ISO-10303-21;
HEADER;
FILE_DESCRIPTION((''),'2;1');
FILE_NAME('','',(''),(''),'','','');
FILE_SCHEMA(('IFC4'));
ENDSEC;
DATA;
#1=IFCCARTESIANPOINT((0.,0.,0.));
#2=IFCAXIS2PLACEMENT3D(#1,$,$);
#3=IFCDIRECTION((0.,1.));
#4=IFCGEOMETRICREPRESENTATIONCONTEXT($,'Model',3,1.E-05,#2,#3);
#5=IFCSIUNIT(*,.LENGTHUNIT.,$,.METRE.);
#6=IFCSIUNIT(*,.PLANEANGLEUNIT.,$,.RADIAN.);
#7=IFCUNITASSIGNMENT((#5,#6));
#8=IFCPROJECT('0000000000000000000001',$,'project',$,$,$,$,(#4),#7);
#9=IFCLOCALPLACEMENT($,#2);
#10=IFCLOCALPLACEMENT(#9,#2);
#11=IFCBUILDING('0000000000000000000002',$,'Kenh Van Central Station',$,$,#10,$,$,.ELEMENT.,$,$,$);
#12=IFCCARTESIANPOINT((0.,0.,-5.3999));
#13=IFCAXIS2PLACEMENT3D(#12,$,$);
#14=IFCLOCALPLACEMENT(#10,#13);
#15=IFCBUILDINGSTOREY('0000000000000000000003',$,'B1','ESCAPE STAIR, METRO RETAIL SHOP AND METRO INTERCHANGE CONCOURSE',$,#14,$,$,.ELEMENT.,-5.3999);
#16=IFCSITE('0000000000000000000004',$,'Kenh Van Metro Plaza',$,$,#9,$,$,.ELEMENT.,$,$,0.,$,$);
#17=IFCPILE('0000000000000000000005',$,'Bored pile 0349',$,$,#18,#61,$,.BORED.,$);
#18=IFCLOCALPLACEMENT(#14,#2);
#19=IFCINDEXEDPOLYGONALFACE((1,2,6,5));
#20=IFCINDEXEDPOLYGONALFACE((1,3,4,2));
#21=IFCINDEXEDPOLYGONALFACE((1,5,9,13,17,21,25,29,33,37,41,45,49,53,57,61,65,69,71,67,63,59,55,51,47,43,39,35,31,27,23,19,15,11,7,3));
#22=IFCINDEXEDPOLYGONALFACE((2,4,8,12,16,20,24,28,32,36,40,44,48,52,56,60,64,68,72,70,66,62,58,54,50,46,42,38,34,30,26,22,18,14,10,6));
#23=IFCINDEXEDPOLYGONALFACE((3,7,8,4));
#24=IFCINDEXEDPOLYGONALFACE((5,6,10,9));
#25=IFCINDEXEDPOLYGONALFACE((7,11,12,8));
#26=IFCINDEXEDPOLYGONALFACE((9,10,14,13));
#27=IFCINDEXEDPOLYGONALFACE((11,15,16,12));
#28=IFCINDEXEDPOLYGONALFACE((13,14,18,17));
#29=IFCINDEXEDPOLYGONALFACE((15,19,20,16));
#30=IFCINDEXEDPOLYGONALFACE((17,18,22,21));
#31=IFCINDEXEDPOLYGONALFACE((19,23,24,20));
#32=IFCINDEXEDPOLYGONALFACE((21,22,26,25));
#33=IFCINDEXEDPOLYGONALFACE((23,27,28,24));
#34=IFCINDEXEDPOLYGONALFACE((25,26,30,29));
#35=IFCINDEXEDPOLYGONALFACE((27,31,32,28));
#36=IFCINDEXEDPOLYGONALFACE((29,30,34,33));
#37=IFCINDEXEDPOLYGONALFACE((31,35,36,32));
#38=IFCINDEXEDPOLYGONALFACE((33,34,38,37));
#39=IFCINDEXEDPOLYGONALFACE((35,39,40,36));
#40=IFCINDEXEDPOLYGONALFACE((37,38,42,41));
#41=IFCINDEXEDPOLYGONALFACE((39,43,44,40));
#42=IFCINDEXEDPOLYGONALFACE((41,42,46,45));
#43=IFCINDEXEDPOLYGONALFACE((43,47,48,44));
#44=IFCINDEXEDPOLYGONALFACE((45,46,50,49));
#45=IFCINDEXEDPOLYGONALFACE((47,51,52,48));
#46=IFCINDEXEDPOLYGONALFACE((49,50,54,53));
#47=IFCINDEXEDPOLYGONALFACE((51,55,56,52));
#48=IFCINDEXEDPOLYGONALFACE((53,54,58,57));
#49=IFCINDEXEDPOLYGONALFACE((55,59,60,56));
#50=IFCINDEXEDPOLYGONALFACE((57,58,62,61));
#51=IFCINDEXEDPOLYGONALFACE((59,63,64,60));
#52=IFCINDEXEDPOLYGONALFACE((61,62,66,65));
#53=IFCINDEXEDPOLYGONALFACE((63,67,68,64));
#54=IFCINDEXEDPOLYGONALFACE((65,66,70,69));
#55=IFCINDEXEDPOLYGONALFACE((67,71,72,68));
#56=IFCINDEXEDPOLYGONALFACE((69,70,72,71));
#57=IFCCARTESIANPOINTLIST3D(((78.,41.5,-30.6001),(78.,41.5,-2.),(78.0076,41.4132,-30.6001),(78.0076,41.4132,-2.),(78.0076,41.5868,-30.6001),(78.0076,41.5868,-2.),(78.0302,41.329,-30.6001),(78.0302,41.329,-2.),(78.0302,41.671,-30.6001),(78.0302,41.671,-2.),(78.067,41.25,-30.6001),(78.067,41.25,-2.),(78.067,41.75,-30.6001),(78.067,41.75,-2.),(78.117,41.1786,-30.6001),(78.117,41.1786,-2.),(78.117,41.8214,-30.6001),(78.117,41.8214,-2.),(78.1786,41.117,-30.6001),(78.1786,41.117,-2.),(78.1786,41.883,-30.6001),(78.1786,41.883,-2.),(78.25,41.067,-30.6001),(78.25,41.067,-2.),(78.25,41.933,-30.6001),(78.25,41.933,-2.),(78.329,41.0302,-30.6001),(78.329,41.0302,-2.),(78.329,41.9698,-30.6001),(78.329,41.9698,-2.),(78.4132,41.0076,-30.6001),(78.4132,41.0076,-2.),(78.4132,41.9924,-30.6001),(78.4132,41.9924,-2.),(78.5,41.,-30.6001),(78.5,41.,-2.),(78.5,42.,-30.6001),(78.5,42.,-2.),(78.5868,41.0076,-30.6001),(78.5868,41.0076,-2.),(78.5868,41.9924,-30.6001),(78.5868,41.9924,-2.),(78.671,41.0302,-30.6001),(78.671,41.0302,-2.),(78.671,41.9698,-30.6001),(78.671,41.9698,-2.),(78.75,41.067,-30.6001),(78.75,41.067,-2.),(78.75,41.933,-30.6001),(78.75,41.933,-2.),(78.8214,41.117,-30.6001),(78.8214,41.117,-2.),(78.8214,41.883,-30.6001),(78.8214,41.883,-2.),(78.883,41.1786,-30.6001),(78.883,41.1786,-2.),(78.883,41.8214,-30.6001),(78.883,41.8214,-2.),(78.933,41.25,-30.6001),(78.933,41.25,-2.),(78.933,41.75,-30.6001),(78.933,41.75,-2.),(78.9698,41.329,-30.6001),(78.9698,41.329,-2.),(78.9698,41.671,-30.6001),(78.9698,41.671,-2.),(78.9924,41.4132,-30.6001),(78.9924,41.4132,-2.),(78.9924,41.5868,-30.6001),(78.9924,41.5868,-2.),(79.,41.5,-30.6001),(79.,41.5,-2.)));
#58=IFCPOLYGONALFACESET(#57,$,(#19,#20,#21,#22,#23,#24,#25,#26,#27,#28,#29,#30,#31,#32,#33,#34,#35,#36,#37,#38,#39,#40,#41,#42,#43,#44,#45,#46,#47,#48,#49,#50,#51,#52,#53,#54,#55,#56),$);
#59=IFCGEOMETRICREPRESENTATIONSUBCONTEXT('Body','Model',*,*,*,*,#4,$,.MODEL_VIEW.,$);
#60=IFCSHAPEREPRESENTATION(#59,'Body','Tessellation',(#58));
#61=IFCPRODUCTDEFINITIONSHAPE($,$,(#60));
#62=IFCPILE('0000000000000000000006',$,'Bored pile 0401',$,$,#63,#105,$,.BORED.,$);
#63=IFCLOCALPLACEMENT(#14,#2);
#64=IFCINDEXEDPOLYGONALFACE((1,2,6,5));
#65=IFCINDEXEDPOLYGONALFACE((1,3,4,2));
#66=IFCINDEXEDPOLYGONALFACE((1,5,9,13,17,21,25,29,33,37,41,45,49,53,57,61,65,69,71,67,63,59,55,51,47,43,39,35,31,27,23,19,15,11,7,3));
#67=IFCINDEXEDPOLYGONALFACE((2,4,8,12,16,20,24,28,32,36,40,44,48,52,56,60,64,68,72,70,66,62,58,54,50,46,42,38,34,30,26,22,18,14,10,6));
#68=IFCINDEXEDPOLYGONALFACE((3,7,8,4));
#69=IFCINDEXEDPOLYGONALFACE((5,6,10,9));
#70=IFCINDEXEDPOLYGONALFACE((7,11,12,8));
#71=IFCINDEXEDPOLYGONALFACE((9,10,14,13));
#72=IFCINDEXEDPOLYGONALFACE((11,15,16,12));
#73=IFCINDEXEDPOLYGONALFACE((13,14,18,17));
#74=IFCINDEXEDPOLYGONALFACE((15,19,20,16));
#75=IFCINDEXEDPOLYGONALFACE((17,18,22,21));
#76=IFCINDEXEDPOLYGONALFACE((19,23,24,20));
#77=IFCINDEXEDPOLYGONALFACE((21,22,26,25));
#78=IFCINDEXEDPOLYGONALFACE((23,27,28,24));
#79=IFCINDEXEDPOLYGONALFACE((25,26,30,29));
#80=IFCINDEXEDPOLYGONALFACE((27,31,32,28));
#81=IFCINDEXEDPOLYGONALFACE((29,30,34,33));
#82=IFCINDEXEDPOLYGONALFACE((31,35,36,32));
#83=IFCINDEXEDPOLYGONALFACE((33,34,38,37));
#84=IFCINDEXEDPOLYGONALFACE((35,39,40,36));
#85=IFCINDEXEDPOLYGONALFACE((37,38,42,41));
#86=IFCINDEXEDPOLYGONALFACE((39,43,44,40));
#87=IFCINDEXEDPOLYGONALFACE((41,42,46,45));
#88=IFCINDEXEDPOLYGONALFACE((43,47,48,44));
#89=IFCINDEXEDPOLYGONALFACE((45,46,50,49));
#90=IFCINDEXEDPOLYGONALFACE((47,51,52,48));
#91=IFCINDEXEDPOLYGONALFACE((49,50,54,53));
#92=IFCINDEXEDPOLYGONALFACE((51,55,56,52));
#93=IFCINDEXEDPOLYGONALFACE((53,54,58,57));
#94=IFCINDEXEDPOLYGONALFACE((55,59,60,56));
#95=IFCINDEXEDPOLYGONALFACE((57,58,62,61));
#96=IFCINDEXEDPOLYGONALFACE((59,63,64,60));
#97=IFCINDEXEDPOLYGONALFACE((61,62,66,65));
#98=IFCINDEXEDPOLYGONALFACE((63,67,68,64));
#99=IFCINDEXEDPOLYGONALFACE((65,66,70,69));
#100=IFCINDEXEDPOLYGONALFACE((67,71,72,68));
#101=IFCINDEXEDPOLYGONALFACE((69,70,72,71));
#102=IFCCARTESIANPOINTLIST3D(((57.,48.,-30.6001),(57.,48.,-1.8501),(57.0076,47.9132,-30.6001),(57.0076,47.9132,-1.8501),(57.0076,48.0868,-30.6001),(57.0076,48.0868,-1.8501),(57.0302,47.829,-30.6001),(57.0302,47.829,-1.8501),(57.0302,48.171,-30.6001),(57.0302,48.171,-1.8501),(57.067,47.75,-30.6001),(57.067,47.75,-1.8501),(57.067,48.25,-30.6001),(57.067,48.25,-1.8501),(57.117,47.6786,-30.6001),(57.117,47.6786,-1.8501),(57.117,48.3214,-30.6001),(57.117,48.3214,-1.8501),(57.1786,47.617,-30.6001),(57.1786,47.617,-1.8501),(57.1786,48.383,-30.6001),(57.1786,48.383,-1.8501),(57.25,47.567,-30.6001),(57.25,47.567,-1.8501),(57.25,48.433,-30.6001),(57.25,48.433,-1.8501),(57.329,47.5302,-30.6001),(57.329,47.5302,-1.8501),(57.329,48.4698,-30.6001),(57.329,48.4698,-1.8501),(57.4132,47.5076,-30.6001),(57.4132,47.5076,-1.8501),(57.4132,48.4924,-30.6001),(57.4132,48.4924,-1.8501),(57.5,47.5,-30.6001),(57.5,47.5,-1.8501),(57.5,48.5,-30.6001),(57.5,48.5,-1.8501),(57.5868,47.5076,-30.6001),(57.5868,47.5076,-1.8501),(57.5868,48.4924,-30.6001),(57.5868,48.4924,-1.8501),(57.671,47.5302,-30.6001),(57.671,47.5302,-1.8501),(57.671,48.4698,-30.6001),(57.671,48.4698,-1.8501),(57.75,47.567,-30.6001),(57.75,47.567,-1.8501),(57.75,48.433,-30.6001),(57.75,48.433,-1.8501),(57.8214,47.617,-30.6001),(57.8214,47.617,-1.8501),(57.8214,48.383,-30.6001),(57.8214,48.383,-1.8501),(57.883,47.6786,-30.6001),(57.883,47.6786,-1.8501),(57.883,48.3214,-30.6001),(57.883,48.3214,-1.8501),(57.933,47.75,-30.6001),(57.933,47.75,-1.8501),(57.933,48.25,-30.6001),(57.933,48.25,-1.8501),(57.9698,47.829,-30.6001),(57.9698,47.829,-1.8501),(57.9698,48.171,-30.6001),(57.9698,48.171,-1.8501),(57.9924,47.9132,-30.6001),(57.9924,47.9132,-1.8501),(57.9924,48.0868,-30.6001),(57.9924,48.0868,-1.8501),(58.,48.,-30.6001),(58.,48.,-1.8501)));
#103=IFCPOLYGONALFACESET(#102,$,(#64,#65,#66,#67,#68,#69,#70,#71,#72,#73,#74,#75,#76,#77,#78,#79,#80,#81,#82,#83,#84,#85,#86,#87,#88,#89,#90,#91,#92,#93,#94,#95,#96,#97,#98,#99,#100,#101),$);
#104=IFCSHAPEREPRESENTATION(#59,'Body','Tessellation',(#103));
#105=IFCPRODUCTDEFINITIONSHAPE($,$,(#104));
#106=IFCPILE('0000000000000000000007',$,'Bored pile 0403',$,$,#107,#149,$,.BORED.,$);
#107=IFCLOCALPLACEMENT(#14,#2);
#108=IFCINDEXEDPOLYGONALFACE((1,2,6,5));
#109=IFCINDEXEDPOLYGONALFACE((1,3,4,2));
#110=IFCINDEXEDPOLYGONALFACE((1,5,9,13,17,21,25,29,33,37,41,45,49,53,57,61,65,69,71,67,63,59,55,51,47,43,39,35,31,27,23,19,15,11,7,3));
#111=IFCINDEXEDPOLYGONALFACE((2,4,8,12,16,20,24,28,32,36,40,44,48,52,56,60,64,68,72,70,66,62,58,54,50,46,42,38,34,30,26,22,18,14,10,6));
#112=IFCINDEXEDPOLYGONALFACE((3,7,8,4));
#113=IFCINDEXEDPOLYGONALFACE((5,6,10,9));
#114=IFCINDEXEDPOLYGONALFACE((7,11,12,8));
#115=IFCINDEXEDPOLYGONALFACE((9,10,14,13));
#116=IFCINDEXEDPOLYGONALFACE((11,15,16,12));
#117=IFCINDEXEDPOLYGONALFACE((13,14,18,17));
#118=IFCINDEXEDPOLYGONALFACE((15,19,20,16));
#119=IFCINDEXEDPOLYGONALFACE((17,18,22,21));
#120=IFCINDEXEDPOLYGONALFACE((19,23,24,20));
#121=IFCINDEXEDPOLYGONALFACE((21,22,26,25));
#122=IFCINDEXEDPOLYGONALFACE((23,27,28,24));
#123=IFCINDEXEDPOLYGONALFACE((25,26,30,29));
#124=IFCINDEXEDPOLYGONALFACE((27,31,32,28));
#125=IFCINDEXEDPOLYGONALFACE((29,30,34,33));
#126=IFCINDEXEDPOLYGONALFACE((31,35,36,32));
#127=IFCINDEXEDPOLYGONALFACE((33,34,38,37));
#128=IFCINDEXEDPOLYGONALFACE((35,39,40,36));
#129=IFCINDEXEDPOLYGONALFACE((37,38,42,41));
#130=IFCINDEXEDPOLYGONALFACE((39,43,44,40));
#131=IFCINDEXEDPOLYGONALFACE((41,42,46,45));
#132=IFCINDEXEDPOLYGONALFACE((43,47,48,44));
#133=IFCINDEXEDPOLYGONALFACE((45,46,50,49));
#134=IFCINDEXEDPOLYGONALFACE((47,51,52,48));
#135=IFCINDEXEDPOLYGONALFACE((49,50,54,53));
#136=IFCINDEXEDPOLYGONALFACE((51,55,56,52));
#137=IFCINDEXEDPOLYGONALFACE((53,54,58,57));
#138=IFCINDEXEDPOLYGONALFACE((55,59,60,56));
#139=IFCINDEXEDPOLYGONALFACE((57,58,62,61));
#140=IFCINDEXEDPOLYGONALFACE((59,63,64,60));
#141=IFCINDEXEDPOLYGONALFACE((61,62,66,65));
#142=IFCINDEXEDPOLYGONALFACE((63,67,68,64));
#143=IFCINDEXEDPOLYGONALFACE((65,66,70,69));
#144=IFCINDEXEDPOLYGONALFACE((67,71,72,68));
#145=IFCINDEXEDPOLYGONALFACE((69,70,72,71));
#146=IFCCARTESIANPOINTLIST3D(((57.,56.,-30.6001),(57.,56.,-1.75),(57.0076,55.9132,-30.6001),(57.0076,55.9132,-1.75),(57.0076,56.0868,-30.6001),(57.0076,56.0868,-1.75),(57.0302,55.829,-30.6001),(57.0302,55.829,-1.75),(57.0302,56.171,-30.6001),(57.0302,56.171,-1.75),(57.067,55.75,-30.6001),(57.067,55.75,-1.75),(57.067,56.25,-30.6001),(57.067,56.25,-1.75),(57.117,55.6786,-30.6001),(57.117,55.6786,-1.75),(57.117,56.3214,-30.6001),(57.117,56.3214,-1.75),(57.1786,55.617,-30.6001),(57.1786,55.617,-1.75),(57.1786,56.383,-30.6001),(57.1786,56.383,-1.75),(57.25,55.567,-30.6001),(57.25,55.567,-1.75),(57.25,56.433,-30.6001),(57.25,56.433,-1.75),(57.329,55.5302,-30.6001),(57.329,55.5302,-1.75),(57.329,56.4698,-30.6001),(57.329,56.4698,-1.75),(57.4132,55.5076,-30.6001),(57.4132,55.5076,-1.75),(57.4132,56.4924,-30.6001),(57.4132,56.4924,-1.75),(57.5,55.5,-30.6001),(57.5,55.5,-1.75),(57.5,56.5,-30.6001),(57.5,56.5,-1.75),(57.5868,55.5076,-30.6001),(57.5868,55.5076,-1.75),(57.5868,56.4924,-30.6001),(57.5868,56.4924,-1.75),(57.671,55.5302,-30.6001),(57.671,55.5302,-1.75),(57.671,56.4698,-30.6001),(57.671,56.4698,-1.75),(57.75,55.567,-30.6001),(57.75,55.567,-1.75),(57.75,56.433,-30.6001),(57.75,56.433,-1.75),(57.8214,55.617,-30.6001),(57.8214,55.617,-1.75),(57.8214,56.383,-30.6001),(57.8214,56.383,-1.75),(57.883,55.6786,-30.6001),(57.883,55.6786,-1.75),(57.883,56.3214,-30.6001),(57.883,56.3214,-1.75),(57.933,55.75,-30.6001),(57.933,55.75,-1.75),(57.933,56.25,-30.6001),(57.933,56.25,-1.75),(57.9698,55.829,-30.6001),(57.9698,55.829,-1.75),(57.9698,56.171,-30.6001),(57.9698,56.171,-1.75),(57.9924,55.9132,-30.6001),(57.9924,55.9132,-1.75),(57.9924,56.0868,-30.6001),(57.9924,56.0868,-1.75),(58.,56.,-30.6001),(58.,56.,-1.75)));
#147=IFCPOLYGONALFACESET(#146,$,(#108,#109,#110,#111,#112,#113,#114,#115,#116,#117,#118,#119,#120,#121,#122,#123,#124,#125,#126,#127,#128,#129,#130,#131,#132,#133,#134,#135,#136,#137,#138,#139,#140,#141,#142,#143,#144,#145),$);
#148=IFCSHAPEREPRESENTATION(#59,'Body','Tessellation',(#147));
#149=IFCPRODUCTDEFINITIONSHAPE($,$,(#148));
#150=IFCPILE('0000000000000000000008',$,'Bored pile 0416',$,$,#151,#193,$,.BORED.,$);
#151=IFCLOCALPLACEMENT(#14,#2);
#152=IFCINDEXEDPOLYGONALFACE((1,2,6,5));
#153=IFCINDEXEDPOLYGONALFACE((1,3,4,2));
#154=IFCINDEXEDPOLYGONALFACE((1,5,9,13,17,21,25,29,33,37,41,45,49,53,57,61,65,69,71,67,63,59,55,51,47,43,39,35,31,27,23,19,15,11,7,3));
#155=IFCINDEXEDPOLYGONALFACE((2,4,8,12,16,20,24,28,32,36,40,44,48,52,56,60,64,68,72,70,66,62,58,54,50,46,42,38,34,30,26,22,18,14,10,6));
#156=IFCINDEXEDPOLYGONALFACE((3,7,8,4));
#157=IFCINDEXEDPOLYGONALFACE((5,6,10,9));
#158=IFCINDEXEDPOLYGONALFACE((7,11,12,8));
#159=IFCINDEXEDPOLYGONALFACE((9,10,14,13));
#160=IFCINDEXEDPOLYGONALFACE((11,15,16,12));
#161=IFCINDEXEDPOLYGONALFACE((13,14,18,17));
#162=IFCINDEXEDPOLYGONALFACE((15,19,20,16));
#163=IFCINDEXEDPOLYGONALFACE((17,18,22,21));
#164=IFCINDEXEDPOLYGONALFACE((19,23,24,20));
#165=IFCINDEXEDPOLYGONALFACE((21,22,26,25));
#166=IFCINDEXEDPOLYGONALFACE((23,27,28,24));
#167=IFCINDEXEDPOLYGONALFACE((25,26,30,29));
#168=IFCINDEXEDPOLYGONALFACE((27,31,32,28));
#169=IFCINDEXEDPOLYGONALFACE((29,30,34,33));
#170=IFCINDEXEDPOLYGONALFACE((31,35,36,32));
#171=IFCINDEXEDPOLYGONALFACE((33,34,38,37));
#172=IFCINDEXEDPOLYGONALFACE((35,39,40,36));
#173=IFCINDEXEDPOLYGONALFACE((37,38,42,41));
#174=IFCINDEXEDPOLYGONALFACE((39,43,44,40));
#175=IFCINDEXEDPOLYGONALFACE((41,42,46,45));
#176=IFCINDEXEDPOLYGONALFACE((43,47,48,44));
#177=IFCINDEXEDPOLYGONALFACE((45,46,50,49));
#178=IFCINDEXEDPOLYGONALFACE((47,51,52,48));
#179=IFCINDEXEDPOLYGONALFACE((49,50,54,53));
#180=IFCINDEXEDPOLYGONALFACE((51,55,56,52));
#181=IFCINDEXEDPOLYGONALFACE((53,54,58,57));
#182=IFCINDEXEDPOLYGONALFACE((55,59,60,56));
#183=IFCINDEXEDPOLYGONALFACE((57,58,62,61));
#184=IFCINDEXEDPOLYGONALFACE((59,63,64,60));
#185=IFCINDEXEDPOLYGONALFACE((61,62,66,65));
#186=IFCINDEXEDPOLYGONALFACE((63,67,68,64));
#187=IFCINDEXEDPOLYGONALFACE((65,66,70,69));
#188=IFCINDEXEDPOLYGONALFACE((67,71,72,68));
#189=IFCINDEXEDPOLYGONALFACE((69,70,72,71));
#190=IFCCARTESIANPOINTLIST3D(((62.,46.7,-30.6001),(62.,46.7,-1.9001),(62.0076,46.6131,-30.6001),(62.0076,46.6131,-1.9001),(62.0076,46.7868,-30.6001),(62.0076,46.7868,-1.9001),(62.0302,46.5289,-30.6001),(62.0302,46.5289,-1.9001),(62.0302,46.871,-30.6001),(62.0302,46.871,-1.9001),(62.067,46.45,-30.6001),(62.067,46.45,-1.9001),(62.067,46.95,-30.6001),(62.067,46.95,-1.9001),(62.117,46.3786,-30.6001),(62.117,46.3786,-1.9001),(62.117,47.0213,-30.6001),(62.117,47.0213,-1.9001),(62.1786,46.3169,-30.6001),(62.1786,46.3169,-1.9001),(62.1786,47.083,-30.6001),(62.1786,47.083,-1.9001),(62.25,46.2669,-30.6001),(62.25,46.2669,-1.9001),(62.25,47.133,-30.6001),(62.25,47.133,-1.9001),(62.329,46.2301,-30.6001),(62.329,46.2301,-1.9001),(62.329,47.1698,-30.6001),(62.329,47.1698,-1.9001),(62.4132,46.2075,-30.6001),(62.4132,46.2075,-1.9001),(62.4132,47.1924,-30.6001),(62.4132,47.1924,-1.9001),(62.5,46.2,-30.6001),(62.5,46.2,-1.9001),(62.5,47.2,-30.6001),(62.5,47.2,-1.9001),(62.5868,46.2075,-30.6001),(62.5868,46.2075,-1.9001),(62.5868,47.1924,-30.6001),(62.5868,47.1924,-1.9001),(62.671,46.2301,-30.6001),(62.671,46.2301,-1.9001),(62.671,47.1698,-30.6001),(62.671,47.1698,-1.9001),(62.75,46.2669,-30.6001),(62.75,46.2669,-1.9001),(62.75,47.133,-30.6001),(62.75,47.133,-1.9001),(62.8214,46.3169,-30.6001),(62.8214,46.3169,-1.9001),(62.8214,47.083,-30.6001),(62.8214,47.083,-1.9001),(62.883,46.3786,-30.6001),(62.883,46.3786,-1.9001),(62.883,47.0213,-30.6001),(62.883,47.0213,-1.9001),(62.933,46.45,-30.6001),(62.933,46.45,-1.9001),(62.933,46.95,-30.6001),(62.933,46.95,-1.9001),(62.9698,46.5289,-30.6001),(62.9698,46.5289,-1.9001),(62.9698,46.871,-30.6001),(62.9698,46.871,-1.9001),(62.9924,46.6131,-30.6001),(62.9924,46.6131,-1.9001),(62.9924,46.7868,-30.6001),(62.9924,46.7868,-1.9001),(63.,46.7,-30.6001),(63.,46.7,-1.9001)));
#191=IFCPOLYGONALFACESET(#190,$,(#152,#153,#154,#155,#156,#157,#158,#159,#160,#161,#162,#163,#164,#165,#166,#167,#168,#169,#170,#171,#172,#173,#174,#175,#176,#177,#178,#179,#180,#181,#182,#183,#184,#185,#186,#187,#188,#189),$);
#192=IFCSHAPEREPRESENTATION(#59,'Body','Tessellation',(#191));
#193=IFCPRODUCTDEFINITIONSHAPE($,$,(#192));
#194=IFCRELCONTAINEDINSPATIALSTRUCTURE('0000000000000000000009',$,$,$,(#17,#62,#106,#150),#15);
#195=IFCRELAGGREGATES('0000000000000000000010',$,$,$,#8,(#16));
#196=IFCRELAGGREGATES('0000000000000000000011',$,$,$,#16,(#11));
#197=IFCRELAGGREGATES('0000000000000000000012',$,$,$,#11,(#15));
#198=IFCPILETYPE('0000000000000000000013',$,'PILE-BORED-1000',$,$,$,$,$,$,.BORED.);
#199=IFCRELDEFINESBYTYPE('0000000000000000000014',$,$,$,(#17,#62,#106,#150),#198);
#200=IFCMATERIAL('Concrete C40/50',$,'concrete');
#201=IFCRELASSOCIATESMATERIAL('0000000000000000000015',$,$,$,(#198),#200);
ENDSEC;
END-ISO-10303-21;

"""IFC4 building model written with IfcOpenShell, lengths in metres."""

from ifc_helpers import new_model, si_unit, direction, frame, origin, origin_2d, place, context, subcontext, project, spatial, circle, extrude, material, material_profile, profile_set, type_object, element, save


model = new_model("IFC4")

# Units and contexts
model_context = context("Model", 3, precision=1e-05, world=origin(), true_north=direction((0.0, 1.0)))
body_context = subcontext(model_context, "Body", "Model", "MODEL_VIEW")
ifc_project = project(units=[si_unit("LENGTHUNIT", "METRE"), si_unit("PLANEANGLEUNIT", "RADIAN")], contexts=[model_context])

# Site, building, storey
site_placement = place(None, origin())
site = spatial("IfcSite", under=ifc_project, at=site_placement, Name="Kenh Van Metro Plaza", CompositionType="ELEMENT", RefElevation=0.0)
building_placement = place(site_placement, origin())
building = spatial("IfcBuilding", under=site, at=building_placement, Name="Kenh Van Central Station", CompositionType="ELEMENT")
storey_placement = place(building_placement, frame((0.0, 0.0, -5.3999)))
storey = spatial("IfcBuildingStorey", under=building, at=storey_placement, Name="B1", Description="ESCAPE STAIR, METRO RETAIL SHOP AND METRO INTERCHANGE CONCOURSE", CompositionType="ELEMENT", Elevation=-5.3999)

# Shared definitions
ifc_material = material(Name="Concrete C40/50", Category="concrete")

# Piles
ifc_material_profile_1 = material_profile(ifc_material, circle(Radius=0.5, at=origin_2d()), Name="PILE D1000")
ifc_profile_set_1 = profile_set([ifc_material_profile_1], Name="Concrete C40/50")
pile_type = type_object("IfcPileType", Name="PILE-BORED-1000", PredefinedType="BORED", material=ifc_profile_set_1)
pile_1_placement = place(storey_placement, frame((78.5, 41.5, -2.0), z_axis=(0.0, 0.0, -1.0), x_axis=(1.0, 0.0, 0.0)))
element("IfcPile", 1, at=pile_1_placement, inside=storey, type_object=pile_type, Name="Bored pile 0349", PredefinedType="BORED", context=body_context, shape_type="SweptSolid", body=[
    extrude(circle(Radius=0.5, at=origin_2d()), origin(), (0.0, 0.0, 1.0), 28.6001),
])
pile_2_placement = place(storey_placement, frame((57.5, 48.0, -1.8501), z_axis=(0.0, 0.0, -1.0), x_axis=(1.0, 0.0, 0.0)))
element("IfcPile", 2, at=pile_2_placement, inside=storey, type_object=pile_type, Name="Bored pile 0401", PredefinedType="BORED", context=body_context, shape_type="SweptSolid", body=[
    extrude(circle(Radius=0.5, at=origin_2d()), origin(), (0.0, 0.0, 1.0), 28.75),
])
pile_3_placement = place(storey_placement, frame((57.5, 56.0, -1.75), z_axis=(0.0, 0.0, -1.0), x_axis=(1.0, 0.0, 0.0)))
element("IfcPile", 3, at=pile_3_placement, inside=storey, type_object=pile_type, Name="Bored pile 0403", PredefinedType="BORED", context=body_context, shape_type="SweptSolid", body=[
    extrude(circle(Radius=0.5, at=origin_2d()), origin(), (0.0, 0.0, 1.0), 28.8501),
])
for number, where, z_axis, x_axis, name in (
    (4, (62.5, 46.7, -1.9001), (0.0, 0.0, -1.0), (1.0, 0.0, 0.0), "Bored pile 0416"),
):
    element("IfcPile", number, at=place(storey_placement, frame(where, z_axis=z_axis, x_axis=x_axis)), inside=storey, type_object=pile_type, Name=name, PredefinedType="BORED", context=body_context, shape_type="SweptSolid", body=[
        extrude(circle(Radius=0.5, at=origin_2d()), origin(), (0.0, 0.0, 1.0), 28.7),
    ])

save(model, "model.ifc")
